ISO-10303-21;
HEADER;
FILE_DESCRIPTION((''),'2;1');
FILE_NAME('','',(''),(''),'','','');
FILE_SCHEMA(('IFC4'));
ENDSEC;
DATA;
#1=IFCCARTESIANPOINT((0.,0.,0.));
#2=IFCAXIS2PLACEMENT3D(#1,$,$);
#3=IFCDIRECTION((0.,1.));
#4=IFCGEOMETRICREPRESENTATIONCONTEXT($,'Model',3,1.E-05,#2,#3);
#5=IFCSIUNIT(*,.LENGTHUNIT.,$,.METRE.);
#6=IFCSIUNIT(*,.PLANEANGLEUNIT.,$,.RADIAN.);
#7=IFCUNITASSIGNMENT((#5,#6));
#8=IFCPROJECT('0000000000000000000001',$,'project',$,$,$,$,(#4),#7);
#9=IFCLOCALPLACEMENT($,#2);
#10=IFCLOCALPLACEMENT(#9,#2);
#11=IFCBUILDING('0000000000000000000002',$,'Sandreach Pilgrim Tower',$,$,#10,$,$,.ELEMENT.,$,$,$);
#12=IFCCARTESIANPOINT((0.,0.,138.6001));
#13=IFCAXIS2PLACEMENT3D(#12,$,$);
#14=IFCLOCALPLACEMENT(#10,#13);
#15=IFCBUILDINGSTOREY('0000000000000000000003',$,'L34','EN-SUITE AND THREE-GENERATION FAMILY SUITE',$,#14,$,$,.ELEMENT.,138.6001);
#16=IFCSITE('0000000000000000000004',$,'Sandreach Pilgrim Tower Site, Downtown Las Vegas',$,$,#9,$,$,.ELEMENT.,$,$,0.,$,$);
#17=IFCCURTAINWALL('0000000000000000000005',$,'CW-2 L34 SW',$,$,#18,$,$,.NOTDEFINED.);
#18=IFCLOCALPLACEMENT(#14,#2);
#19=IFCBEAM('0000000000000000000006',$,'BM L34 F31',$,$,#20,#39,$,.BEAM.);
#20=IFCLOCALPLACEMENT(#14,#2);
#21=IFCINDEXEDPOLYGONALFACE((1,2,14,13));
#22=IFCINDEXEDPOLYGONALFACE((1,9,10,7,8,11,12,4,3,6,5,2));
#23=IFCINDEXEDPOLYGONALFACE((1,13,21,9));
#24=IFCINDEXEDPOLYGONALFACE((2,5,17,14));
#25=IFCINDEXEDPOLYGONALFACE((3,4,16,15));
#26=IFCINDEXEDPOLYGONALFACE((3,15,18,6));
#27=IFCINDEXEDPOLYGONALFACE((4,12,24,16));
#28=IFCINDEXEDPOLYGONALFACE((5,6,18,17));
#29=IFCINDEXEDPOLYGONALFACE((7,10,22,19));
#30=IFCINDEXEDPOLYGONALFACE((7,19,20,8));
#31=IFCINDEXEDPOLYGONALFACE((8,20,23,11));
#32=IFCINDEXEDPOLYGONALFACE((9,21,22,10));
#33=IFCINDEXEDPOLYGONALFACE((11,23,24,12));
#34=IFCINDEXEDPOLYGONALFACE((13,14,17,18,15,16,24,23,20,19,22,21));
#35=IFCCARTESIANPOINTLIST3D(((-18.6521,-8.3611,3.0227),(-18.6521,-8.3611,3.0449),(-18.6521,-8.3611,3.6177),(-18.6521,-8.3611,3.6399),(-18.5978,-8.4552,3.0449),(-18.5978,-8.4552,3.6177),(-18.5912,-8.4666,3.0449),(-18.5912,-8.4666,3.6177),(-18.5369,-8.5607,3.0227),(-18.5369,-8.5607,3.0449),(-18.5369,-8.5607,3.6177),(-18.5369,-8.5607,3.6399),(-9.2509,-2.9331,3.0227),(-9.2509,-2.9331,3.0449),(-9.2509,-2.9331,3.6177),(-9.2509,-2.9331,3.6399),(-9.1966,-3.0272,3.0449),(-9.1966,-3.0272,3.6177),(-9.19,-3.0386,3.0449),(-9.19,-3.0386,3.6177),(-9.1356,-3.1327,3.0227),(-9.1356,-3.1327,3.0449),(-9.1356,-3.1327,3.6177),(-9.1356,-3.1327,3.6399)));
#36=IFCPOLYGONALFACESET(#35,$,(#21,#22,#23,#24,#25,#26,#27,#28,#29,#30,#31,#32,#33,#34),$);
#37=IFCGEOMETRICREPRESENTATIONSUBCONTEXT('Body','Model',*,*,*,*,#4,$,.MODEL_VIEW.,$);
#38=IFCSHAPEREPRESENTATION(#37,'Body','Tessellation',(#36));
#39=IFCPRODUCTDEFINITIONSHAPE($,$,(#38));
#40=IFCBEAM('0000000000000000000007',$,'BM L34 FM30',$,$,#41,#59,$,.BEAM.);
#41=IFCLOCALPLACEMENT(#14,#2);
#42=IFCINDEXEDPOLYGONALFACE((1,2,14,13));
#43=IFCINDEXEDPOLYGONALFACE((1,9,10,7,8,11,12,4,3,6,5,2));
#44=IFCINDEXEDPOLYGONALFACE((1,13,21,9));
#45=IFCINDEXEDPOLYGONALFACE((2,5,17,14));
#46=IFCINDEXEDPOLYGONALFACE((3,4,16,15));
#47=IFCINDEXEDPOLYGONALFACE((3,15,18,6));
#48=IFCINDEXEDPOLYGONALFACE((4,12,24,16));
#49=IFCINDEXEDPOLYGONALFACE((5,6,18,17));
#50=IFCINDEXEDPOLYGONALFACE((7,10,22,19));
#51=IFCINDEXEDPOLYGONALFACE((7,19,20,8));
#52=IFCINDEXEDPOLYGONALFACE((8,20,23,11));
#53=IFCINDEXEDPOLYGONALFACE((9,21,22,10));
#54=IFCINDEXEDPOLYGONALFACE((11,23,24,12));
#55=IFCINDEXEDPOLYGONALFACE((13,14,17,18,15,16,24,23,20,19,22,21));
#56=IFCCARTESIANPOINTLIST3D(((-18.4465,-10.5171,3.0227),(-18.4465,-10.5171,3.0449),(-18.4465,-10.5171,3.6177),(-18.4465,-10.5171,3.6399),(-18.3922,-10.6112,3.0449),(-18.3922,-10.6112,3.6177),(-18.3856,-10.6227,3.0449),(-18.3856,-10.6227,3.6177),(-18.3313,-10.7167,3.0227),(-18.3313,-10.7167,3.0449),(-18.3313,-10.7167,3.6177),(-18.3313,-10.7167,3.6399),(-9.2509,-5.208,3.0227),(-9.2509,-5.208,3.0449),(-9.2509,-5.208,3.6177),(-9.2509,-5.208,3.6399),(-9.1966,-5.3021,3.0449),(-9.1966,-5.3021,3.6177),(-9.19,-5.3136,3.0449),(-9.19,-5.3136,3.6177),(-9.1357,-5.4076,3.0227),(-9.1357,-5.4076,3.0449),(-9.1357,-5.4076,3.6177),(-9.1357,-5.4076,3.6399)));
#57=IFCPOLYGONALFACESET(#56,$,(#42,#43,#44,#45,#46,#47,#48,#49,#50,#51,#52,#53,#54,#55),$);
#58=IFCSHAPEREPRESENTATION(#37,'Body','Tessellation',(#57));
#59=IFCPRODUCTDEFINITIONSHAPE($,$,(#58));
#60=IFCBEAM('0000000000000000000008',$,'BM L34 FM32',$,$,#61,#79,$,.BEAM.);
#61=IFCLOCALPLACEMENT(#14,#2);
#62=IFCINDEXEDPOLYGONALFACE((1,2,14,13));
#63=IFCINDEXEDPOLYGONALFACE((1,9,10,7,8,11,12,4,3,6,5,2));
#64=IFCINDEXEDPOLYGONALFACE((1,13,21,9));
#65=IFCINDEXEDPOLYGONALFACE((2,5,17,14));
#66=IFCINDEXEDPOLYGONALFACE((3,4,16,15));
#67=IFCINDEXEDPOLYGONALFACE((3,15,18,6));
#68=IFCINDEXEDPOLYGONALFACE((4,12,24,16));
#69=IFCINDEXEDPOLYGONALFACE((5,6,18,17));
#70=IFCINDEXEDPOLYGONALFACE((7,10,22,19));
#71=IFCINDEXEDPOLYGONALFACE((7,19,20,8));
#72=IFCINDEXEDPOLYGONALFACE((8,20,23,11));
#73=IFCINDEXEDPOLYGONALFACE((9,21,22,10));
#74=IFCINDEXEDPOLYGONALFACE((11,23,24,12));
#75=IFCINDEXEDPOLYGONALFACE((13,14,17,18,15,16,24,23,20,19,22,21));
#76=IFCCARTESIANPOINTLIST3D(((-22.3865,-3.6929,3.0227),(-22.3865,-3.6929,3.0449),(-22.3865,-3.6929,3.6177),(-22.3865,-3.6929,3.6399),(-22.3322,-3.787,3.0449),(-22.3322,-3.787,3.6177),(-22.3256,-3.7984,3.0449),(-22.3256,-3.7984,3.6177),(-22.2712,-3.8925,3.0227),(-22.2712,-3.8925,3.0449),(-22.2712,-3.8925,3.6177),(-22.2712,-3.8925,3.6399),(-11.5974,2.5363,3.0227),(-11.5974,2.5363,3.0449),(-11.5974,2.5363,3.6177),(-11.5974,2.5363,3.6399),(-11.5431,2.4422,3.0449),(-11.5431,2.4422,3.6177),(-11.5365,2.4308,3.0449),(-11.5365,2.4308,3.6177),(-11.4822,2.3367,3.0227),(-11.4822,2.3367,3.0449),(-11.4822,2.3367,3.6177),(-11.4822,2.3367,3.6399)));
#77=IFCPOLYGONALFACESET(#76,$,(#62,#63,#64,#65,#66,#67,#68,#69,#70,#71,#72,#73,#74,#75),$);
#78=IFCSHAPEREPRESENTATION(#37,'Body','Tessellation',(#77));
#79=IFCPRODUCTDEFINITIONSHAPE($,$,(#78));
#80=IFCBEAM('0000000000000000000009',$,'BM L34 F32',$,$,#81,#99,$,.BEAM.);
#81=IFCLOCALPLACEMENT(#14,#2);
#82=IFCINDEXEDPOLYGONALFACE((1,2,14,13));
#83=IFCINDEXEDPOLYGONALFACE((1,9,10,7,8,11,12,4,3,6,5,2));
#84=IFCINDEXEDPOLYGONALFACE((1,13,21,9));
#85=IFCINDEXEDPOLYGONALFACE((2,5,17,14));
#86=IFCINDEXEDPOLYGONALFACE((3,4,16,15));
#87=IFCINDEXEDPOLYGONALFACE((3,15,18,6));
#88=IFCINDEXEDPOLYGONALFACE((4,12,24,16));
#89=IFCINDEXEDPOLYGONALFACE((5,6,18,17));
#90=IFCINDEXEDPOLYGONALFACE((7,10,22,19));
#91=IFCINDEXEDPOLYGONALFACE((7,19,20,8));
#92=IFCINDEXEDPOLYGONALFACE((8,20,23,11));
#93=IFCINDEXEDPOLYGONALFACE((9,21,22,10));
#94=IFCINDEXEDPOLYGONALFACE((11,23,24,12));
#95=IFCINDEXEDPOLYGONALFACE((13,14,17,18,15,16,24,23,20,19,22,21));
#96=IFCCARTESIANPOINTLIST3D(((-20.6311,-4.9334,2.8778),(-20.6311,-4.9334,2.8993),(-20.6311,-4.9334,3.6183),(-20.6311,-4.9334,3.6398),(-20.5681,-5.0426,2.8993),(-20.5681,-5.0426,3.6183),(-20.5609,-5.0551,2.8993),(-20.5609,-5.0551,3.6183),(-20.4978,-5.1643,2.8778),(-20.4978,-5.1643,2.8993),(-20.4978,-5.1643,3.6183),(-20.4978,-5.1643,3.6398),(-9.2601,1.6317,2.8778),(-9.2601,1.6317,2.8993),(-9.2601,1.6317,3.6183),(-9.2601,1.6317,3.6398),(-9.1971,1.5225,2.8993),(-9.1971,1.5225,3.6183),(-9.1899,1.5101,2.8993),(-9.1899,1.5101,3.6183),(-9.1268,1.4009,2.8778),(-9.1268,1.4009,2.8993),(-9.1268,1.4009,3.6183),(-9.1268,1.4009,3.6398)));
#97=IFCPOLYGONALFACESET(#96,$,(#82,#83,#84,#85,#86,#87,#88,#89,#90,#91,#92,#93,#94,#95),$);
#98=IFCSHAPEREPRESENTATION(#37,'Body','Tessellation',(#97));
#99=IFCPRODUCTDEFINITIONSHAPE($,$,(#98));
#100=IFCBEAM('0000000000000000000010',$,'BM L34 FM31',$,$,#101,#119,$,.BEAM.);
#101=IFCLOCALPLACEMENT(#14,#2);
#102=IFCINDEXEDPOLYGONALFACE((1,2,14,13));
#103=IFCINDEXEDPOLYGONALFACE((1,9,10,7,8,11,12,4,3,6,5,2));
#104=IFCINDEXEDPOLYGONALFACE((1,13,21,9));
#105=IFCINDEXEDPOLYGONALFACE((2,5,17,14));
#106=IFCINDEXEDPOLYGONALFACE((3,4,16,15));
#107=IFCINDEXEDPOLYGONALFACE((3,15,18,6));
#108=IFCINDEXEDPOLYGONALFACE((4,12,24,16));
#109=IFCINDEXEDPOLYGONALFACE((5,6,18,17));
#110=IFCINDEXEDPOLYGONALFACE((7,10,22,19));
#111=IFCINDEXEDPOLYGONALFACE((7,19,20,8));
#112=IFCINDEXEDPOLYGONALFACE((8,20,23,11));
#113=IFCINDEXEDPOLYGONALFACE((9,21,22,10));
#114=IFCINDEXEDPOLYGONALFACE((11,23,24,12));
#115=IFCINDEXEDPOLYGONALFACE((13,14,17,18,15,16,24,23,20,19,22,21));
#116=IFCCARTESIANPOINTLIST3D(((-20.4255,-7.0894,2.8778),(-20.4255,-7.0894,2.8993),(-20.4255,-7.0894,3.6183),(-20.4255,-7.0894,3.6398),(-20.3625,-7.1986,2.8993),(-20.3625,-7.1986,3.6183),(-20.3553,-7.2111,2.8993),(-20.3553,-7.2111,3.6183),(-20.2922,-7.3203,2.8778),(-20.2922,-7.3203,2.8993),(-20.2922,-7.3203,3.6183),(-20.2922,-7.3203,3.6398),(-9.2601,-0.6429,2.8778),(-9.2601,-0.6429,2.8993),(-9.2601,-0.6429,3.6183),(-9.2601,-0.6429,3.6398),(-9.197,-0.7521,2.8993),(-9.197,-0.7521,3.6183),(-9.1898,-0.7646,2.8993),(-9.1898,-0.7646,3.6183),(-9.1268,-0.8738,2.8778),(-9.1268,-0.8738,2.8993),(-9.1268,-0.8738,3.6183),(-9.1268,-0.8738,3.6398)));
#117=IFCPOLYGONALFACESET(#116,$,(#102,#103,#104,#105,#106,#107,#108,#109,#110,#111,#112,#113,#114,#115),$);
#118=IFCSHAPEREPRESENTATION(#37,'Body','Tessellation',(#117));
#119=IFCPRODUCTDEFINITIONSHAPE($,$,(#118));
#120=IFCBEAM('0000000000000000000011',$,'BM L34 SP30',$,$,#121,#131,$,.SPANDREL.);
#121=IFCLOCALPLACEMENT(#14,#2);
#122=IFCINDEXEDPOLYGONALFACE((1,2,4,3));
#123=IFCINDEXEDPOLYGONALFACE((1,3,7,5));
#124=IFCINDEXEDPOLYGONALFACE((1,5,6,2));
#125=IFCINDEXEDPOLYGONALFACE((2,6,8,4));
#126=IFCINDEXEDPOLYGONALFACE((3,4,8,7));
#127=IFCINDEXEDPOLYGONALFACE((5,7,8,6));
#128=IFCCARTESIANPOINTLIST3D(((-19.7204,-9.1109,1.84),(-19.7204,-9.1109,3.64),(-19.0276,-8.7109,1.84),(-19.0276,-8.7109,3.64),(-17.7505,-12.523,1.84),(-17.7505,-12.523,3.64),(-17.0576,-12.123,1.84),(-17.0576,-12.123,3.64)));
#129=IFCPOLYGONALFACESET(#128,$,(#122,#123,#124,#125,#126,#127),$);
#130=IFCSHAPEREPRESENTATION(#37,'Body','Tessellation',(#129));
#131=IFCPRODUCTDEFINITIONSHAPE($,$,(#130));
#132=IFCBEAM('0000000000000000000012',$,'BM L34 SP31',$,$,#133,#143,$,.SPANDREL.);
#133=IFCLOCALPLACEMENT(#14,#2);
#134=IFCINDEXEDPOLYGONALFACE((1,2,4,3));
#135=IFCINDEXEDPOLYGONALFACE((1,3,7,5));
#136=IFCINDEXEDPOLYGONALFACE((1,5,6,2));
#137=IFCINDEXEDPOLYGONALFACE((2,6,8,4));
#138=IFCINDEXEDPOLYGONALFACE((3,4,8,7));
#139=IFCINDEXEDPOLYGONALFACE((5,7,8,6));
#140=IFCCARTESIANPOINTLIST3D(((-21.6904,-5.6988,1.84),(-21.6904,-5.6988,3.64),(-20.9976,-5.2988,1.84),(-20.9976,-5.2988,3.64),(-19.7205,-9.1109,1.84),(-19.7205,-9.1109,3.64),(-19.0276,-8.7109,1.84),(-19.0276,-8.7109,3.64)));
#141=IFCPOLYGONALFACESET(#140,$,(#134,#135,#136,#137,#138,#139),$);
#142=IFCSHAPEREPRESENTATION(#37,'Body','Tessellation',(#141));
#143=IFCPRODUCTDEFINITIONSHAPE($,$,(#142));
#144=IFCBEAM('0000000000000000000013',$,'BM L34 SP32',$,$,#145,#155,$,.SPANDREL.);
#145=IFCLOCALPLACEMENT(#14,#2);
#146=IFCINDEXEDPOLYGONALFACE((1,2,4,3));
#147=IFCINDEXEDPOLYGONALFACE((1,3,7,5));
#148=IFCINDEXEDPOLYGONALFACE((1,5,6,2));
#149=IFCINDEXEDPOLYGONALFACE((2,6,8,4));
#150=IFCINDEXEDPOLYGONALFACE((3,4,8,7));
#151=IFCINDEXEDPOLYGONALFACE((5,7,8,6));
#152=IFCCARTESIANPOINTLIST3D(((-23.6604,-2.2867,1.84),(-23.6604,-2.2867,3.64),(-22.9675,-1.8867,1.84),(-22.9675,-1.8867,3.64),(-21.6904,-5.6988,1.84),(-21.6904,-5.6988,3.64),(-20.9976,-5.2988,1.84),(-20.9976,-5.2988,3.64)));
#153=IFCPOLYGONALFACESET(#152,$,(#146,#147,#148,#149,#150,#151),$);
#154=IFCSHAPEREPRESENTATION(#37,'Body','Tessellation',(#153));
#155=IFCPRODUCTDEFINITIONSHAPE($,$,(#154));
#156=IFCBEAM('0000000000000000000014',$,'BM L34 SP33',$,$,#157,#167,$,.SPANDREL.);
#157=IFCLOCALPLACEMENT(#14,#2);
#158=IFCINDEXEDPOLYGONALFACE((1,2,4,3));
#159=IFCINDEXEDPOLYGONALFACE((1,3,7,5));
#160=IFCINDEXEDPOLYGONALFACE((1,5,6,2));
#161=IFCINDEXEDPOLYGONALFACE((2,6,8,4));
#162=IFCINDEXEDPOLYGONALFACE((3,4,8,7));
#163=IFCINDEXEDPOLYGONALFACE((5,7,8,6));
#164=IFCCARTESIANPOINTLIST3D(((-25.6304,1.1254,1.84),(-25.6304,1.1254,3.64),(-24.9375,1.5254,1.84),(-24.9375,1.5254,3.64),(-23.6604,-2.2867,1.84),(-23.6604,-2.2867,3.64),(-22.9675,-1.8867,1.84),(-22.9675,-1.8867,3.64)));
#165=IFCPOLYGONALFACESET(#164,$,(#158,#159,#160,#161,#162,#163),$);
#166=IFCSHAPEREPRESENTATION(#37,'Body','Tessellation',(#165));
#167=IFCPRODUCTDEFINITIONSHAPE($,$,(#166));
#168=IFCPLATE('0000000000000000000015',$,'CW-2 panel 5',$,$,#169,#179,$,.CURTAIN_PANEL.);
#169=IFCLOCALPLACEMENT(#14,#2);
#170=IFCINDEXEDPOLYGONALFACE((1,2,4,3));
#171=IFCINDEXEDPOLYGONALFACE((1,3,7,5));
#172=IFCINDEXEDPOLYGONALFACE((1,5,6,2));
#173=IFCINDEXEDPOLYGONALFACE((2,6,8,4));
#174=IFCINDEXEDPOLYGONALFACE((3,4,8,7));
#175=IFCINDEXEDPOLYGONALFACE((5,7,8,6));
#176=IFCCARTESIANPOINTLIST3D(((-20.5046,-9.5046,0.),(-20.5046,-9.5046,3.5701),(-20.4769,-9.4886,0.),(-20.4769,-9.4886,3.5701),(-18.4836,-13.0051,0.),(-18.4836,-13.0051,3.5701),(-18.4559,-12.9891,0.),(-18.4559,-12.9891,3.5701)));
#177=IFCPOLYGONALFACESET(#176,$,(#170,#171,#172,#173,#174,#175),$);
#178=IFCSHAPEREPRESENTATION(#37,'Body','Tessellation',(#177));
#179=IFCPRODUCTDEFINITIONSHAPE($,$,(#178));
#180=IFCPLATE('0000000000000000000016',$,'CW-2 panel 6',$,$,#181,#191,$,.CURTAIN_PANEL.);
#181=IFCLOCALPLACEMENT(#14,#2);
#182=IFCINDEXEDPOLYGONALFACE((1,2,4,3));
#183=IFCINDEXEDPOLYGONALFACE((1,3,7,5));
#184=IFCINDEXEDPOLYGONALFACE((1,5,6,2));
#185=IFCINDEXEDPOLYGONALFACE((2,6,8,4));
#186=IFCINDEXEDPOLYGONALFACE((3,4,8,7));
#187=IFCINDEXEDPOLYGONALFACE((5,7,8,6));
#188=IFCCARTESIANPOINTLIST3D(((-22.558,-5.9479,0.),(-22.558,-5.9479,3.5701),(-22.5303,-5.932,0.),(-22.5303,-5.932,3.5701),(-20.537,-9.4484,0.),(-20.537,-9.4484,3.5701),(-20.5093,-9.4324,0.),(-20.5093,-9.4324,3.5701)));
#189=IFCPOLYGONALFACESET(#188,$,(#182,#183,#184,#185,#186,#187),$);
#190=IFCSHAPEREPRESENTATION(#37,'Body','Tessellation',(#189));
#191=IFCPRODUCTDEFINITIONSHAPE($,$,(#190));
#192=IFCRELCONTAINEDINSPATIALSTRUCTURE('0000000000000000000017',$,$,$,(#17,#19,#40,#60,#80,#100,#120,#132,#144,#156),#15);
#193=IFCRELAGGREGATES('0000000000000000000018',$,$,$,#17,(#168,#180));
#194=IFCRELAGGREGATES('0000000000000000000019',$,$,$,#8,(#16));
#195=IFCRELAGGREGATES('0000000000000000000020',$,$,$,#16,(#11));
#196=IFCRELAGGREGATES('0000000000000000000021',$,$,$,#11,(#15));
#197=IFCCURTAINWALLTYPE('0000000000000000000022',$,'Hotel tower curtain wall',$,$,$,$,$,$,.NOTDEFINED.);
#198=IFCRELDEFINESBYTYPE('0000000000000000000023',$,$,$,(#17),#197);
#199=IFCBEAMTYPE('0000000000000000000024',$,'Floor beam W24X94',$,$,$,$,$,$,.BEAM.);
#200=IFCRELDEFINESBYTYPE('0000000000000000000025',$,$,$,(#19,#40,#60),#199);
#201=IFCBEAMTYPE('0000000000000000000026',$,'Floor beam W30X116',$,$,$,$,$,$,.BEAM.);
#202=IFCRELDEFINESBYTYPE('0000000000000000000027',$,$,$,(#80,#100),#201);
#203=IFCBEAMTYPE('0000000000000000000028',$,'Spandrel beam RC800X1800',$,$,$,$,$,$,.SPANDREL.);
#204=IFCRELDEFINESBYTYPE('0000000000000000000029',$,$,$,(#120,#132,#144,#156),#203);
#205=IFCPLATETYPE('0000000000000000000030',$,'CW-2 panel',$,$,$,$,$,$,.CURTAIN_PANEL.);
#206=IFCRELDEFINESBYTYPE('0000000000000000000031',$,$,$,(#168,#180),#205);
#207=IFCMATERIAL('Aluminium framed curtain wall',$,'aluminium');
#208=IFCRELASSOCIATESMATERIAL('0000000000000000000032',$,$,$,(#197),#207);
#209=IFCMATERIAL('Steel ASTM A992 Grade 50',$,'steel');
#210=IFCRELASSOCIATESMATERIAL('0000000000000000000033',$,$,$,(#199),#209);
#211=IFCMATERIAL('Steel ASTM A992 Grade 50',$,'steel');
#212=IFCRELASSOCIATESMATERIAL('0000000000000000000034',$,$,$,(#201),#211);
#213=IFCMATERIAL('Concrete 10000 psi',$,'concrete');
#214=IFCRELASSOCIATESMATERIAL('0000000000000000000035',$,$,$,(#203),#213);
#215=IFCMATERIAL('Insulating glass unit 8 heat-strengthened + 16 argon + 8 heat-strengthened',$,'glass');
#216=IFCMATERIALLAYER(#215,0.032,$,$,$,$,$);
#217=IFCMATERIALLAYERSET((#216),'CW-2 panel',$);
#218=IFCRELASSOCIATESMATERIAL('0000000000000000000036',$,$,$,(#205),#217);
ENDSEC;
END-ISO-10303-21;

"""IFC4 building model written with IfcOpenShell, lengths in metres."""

from ifc_helpers import new_model, si_unit, direction, frame, origin, origin_2d, place, context, subcontext, project, spatial, rectangle, i_section, extrude, material, layer, layer_set, material_profile, profile_set, type_object, element, aggregate, save


model = new_model("IFC4")

# Units and contexts
model_context = context("Model", 3, precision=1e-05, world=origin(), true_north=direction((0.0, 1.0)))
body_context = subcontext(model_context, "Body", "Model", "MODEL_VIEW")
ifc_project = project(units=[si_unit("LENGTHUNIT", "METRE"), si_unit("PLANEANGLEUNIT", "RADIAN")], contexts=[model_context])

# Site, building, storey
site_placement = place(None, origin())
site = spatial("IfcSite", under=ifc_project, at=site_placement, Name="Sandreach Pilgrim Tower Site, Downtown Las Vegas", CompositionType="ELEMENT", RefElevation=0.0)
building_placement = place(site_placement, origin())
building = spatial("IfcBuilding", under=site, at=building_placement, Name="Sandreach Pilgrim Tower", CompositionType="ELEMENT")
storey_placement = place(building_placement, frame((0.0, 0.0, 138.6001)))
storey = spatial("IfcBuildingStorey", under=building, at=storey_placement, Name="L34", Description="EN-SUITE AND THREE-GENERATION FAMILY SUITE", CompositionType="ELEMENT", Elevation=138.6001)

# Curtain wall
ifc_material_1 = material(Name="Aluminium framed curtain wall", Category="aluminium")
curtain_wall_type = type_object("IfcCurtainWallType", Name="Hotel tower curtain wall", PredefinedType="NOTDEFINED", material=ifc_material_1)
curtain_wall_placement = place(storey_placement, origin())
curtain_wall = element("IfcCurtainWall", 1, at=curtain_wall_placement, inside=storey, type_object=curtain_wall_type, Name="CW-2 L34 SW", PredefinedType="NOTDEFINED")

# Beams
ifc_material_2 = material(Name="Steel ASTM A992 Grade 50", Category="steel")
ifc_material_profile_1 = material_profile(ifc_material_2, i_section(OverallWidth=0.2305, OverallDepth=0.6172, WebThickness=0.0132, FlangeThickness=0.0222, at=origin_2d()), Name="W24X94")
ifc_profile_set_1 = profile_set([ifc_material_profile_1], Name="Steel ASTM A992 Grade 50")
beam_type_1 = type_object("IfcBeamType", Name="Floor beam W24X94", PredefinedType="BEAM", material=ifc_profile_set_1)
beam_1_placement = place(storey_placement, frame((-18.5945, -8.4609, 3.3313), z_axis=(0.866016, 0.500016, 0.0), x_axis=(-0.500016, 0.866016, 0.0)))
element("IfcBeam", 2, at=beam_1_placement, inside=storey, type_object=beam_type_1, Name="BM L34 F31", PredefinedType="BEAM", context=body_context, shape_type="SweptSolid", body=[
    extrude(i_section(OverallWidth=0.2305, OverallDepth=0.6172, WebThickness=0.0132, FlangeThickness=0.0222, at=origin_2d()), origin(), (0.0, 0.0, 1.0), 10.8557),
])
beam_2_placement = place(storey_placement, frame((-18.3889, -10.6169, 3.3313), z_axis=(0.866024, 0.500002, 0.0), x_axis=(-0.500002, 0.866024, 0.0)))
element("IfcBeam", 3, at=beam_2_placement, inside=storey, type_object=beam_type_1, Name="BM L34 FM30", PredefinedType="BEAM", context=body_context, shape_type="SweptSolid", body=[
    extrude(i_section(OverallWidth=0.2305, OverallDepth=0.6172, WebThickness=0.0132, FlangeThickness=0.0222, at=origin_2d()), origin(), (0.0, 0.0, 1.0), 10.6182),
])
beam_3_placement = place(storey_placement, frame((-22.3289, -3.7927, 3.3313), z_axis=(0.866019, 0.500011, 0.0), x_axis=(-0.500011, 0.866019, 0.0)))
element("IfcBeam", 4, at=beam_3_placement, inside=storey, type_object=beam_type_1, Name="BM L34 FM32", PredefinedType="BEAM", context=body_context, shape_type="SweptSolid", body=[
    extrude(i_section(OverallWidth=0.2305, OverallDepth=0.6172, WebThickness=0.0132, FlangeThickness=0.0222, at=origin_2d()), origin(), (0.0, 0.0, 1.0), 12.4583),
])
ifc_material_3 = material(Name="Steel ASTM A992 Grade 50", Category="steel")
ifc_material_profile_2 = material_profile(ifc_material_3, i_section(OverallWidth=0.2666, OverallDepth=0.762, WebThickness=0.0144, FlangeThickness=0.0215, at=origin_2d()), Name="W30X116")
ifc_profile_set_2 = profile_set([ifc_material_profile_2], Name="Steel ASTM A992 Grade 50")
beam_type_2 = type_object("IfcBeamType", Name="Floor beam W30X116", PredefinedType="BEAM", material=ifc_profile_set_2)
beam_4_placement = place(storey_placement, frame((-20.5645, -5.0488, 3.2588), z_axis=(0.866023, 0.500005, 0.0), x_axis=(-0.500005, 0.866023, 0.0)))
element("IfcBeam", 5, at=beam_4_placement, inside=storey, type_object=beam_type_2, Name="BM L34 F32", PredefinedType="BEAM", context=body_context, shape_type="SweptSolid", body=[
    extrude(i_section(OverallWidth=0.2666, OverallDepth=0.762, WebThickness=0.0144, FlangeThickness=0.0215, at=origin_2d()), origin(), (0.0, 0.0, 1.0), 13.1301),
])
beam_5_placement = place(storey_placement, frame((-20.3589, -7.2048, 3.2588), z_axis=(0.866022, 0.500007, 0.0), x_axis=(-0.500007, 0.866022, 0.0)))
element("IfcBeam", 6, at=beam_5_placement, inside=storey, type_object=beam_type_2, Name="BM L34 FM31", PredefinedType="BEAM", context=body_context, shape_type="SweptSolid", body=[
    extrude(i_section(OverallWidth=0.2666, OverallDepth=0.762, WebThickness=0.0144, FlangeThickness=0.0215, at=origin_2d()), origin(), (0.0, 0.0, 1.0), 12.8928),
])
ifc_material_4 = material(Name="Concrete 10000 psi", Category="concrete")
ifc_material_profile_3 = material_profile(ifc_material_4, rectangle(XDim=0.8, YDim=1.8, at=origin_2d()), Name="RC800X1800")
ifc_profile_set_3 = profile_set([ifc_material_profile_3], Name="Concrete 10000 psi")
beam_type_3 = type_object("IfcBeamType", Name="Spandrel beam RC800X1800", PredefinedType="SPANDREL", material=ifc_profile_set_3)
for number, where, z_axis, x_axis, name in (
    (7, (-17.4041, -12.323, 2.74), (-0.499998, 0.866027, 0.0), (-0.866027, -0.499998, 0.0), "BM L34 SP30"),
    (8, (-19.374, -8.9109, 2.74), (-0.499998, 0.866027, 0.0), (-0.866027, -0.499998, 0.0), "BM L34 SP31"),
    (9, (-21.344, -5.4988, 2.74), (-0.499998, 0.866027, 0.0), (-0.866027, -0.499998, 0.0), "BM L34 SP32"),
    (10, (-23.314, -2.0867, 2.74), (-0.499998, 0.866027, 0.0), (-0.866027, -0.499998, 0.0), "BM L34 SP33"),
):
    element("IfcBeam", number, at=place(storey_placement, frame(where, z_axis=z_axis, x_axis=x_axis)), inside=storey, type_object=beam_type_3, Name=name, PredefinedType="SPANDREL", context=body_context, shape_type="SweptSolid", body=[
        extrude(rectangle(XDim=0.8, YDim=1.8, at=origin_2d()), origin(), (0.0, 0.0, 1.0), 3.9399),
    ])

# Plates
ifc_material_5 = material(Name="Insulating glass unit 8 heat-strengthened + 16 argon + 8 heat-strengthened", Category="glass")
ifc_layer_1 = layer(ifc_material_5, 0.032)
ifc_layer_set_1 = layer_set([ifc_layer_1], Name="CW-2 panel")
plate_type = type_object("IfcPlateType", Name="CW-2 panel", PredefinedType="CURTAIN_PANEL", material=ifc_layer_set_1)
plate_1_placement = place(storey_placement, frame((-19.4802, -11.2468, 0.0), z_axis=(0.0, 0.0, 1.0), x_axis=(-0.5, 0.866025, 0.0)))
plate_1 = element("IfcPlate", 11, at=plate_1_placement, type_object=plate_type, Name="CW-2 panel 5", PredefinedType="CURTAIN_PANEL", context=body_context, shape_type="SweptSolid", body=[
    extrude(rectangle(XDim=4.042, YDim=0.032, at=origin_2d()), origin(), (0.0, 0.0, 1.0), 3.5701),
])
plate_2_placement = place(storey_placement, frame((-21.5337, -7.6902, 0.0), z_axis=(0.0, 0.0, 1.0), x_axis=(-0.5, 0.866025, 0.0)))
plate_2 = element("IfcPlate", 12, at=plate_2_placement, type_object=plate_type, Name="CW-2 panel 6", PredefinedType="CURTAIN_PANEL", context=body_context, shape_type="SweptSolid", body=[
    extrude(rectangle(XDim=4.042, YDim=0.032, at=origin_2d()), origin(), (0.0, 0.0, 1.0), 3.5701),
])
aggregate(curtain_wall, [plate_1, plate_2])

save(model, "model.ifc")
